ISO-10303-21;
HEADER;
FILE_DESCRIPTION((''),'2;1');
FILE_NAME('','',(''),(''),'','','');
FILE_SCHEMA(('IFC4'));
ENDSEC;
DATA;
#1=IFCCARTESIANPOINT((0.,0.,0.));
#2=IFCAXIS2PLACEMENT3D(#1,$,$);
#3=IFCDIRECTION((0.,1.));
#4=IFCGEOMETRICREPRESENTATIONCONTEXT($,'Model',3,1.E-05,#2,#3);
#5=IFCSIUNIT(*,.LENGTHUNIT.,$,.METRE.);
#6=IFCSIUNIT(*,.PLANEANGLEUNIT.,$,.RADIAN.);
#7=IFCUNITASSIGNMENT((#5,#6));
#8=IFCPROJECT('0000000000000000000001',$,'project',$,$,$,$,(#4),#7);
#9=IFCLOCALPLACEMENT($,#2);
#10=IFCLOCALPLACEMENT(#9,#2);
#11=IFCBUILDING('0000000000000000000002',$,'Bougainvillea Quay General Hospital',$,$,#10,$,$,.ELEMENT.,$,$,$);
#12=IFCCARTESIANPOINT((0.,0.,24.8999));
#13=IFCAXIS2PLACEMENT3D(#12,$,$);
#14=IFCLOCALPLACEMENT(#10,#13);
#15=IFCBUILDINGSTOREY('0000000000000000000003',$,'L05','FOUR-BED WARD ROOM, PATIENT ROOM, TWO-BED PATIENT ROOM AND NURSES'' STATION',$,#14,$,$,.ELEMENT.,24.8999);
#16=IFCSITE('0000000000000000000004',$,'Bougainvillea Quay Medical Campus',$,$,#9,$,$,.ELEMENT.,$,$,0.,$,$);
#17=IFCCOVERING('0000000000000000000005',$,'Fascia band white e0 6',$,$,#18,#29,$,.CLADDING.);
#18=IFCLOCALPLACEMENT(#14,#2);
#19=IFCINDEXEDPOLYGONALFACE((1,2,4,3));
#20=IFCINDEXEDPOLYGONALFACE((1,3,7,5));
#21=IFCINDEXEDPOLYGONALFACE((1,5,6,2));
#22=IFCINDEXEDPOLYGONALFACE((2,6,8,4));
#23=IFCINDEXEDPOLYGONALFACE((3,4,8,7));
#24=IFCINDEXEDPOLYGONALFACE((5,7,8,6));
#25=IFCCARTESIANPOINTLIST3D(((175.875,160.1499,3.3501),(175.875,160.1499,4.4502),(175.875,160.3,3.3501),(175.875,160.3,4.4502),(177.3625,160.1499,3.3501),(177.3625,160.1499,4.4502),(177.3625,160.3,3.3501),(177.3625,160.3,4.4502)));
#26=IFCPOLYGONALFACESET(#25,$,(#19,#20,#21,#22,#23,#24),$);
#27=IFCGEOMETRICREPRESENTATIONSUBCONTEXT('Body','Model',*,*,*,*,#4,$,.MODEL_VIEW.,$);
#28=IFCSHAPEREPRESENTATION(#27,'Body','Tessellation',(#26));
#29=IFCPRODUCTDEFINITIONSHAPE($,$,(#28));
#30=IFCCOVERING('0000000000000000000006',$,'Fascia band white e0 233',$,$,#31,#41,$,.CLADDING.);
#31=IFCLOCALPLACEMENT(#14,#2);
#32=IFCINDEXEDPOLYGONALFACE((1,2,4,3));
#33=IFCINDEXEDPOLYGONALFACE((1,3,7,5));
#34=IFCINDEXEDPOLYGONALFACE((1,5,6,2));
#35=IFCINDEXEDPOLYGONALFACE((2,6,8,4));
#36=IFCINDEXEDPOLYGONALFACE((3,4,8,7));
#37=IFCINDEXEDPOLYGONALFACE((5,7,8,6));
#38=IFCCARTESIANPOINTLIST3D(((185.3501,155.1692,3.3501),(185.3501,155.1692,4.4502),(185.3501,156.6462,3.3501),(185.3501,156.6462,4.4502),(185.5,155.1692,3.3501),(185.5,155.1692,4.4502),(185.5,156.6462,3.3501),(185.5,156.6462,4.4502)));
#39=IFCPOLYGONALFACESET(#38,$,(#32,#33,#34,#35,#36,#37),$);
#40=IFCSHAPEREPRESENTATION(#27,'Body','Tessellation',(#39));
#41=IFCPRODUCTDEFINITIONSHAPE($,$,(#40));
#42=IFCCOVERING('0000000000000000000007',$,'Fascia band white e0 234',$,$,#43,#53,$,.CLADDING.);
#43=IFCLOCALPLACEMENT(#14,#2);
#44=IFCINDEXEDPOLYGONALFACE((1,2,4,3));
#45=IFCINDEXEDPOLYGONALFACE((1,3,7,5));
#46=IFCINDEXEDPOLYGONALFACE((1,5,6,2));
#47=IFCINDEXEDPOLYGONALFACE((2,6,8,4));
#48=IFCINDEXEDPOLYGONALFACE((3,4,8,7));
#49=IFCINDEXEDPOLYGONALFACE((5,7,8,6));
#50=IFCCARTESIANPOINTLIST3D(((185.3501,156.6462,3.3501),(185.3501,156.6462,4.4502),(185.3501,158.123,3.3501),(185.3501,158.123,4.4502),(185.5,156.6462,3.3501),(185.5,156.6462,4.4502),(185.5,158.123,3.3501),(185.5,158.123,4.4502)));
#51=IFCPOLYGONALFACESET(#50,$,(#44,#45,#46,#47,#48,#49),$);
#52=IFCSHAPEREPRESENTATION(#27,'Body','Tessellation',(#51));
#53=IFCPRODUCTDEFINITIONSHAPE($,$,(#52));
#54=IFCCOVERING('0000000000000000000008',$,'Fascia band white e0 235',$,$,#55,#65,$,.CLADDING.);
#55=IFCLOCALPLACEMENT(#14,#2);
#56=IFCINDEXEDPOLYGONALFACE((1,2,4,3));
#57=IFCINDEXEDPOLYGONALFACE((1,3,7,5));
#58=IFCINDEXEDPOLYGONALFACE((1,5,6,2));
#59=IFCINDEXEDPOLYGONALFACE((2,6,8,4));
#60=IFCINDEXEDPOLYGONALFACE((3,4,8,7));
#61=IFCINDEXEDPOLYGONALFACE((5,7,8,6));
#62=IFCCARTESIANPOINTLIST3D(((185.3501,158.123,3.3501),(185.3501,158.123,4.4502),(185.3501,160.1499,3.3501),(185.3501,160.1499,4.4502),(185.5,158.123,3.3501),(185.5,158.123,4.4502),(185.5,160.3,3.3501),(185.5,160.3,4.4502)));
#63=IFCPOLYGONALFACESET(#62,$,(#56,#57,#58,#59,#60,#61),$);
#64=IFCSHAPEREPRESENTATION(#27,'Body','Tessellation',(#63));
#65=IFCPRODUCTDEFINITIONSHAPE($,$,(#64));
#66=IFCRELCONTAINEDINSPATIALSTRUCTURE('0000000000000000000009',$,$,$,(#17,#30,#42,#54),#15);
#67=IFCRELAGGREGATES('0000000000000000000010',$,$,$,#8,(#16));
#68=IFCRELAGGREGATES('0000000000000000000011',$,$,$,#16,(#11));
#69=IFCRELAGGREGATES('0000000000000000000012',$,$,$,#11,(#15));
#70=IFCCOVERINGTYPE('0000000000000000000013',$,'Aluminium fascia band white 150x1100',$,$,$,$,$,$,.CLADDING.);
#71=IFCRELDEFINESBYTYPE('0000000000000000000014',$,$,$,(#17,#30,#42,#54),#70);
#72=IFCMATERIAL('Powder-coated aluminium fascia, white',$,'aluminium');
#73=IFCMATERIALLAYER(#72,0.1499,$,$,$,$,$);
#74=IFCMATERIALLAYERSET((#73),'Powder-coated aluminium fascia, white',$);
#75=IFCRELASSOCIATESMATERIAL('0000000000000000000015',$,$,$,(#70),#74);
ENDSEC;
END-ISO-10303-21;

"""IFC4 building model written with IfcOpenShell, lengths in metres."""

from ifc_helpers import new_model, si_unit, direction, frame, origin, place, context, subcontext, project, spatial, polyline, outline, extrude, material, layer, layer_set, type_object, element, save


model = new_model("IFC4")

# Units and contexts
model_context = context("Model", 3, precision=1e-05, world=origin(), true_north=direction((0.0, 1.0)))
body_context = subcontext(model_context, "Body", "Model", "MODEL_VIEW")
ifc_project = project(units=[si_unit("LENGTHUNIT", "METRE"), si_unit("PLANEANGLEUNIT", "RADIAN")], contexts=[model_context])

# Site, building, storey
site_placement = place(None, origin())
site = spatial("IfcSite", under=ifc_project, at=site_placement, Name="Bougainvillea Quay Medical Campus", CompositionType="ELEMENT", RefElevation=0.0)
building_placement = place(site_placement, origin())
building = spatial("IfcBuilding", under=site, at=building_placement, Name="Bougainvillea Quay General Hospital", CompositionType="ELEMENT")
storey_placement = place(building_placement, frame((0.0, 0.0, 24.8999)))
storey = spatial("IfcBuildingStorey", under=building, at=storey_placement, Name="L05", Description="FOUR-BED WARD ROOM, PATIENT ROOM, TWO-BED PATIENT ROOM AND NURSES' STATION", CompositionType="ELEMENT", Elevation=24.8999)

# Coverings
ifc_material_1 = material(Name="Powder-coated aluminium fascia, white", Category="aluminium")
ifc_layer = layer(ifc_material_1, 0.1499)
ifc_layer_set = layer_set([ifc_layer], Name="Powder-coated aluminium fascia, white")
covering_type = type_object("IfcCoveringType", Name="Aluminium fascia band white 150x1100", PredefinedType="CLADDING", material=ifc_layer_set)
for number, where, z_axis, x_axis, name in (
    (1, (177.3625, 160.1499, 3.3501), (0.0, 0.0, 1.0), (-1.0, 0.0, 0.0), "Fascia band white e0 6"),
):
    element("IfcCovering", number, at=place(storey_placement, frame(where, z_axis=z_axis, x_axis=x_axis)), inside=storey, type_object=covering_type, Name=name, PredefinedType="CLADDING", context=body_context, shape_type="SweptSolid", body=[
        extrude(outline(polyline([(0.0, 0.0), (1.4875, 0.0), (1.4875, -0.1501), (0.0, -0.1501), (0.0, 0.0)])), origin(), (0.0, 0.0, 1.0), 1.1001),
    ])
covering_1_placement = place(storey_placement, frame((185.3501, 155.1692, 3.3501), z_axis=(0.0, 0.0, 1.0), x_axis=(0.0, 1.0, 0.0)))
element("IfcCovering", 2, at=covering_1_placement, inside=storey, type_object=covering_type, Name="Fascia band white e0 233", PredefinedType="CLADDING", context=body_context, shape_type="SweptSolid", body=[
    extrude(outline(polyline([(0.0, 0.0), (1.4771, 0.0), (1.4771, -0.1499), (0.0, -0.1499), (0.0, 0.0)])), origin(), (0.0, 0.0, 1.0), 1.1001),
])
covering_2_placement = place(storey_placement, frame((185.3501, 156.6462, 3.3501), z_axis=(0.0, 0.0, 1.0), x_axis=(0.0, 1.0, 0.0)))
element("IfcCovering", 3, at=covering_2_placement, inside=storey, type_object=covering_type, Name="Fascia band white e0 234", PredefinedType="CLADDING", context=body_context, shape_type="SweptSolid", body=[
    extrude(outline(polyline([(0.0, 0.0), (1.4768, 0.0), (1.4768, -0.1499), (0.0, -0.1499), (0.0, 0.0)])), origin(), (0.0, 0.0, 1.0), 1.1001),
])
covering_3_placement = place(storey_placement, frame((185.3501, 158.123, 3.3501), z_axis=(0.0, 0.0, 1.0), x_axis=(0.0, 1.0, 0.0)))
element("IfcCovering", 4, at=covering_3_placement, inside=storey, type_object=covering_type, Name="Fascia band white e0 235", PredefinedType="CLADDING", context=body_context, shape_type="SweptSolid", body=[
    extrude(outline(polyline([(0.0, 0.0), (2.0269, 0.0), (2.177, -0.1499), (0.0, -0.1499), (0.0, 0.0)])), origin(), (0.0, 0.0, 1.0), 1.1001),
])

save(model, "model.ifc")
